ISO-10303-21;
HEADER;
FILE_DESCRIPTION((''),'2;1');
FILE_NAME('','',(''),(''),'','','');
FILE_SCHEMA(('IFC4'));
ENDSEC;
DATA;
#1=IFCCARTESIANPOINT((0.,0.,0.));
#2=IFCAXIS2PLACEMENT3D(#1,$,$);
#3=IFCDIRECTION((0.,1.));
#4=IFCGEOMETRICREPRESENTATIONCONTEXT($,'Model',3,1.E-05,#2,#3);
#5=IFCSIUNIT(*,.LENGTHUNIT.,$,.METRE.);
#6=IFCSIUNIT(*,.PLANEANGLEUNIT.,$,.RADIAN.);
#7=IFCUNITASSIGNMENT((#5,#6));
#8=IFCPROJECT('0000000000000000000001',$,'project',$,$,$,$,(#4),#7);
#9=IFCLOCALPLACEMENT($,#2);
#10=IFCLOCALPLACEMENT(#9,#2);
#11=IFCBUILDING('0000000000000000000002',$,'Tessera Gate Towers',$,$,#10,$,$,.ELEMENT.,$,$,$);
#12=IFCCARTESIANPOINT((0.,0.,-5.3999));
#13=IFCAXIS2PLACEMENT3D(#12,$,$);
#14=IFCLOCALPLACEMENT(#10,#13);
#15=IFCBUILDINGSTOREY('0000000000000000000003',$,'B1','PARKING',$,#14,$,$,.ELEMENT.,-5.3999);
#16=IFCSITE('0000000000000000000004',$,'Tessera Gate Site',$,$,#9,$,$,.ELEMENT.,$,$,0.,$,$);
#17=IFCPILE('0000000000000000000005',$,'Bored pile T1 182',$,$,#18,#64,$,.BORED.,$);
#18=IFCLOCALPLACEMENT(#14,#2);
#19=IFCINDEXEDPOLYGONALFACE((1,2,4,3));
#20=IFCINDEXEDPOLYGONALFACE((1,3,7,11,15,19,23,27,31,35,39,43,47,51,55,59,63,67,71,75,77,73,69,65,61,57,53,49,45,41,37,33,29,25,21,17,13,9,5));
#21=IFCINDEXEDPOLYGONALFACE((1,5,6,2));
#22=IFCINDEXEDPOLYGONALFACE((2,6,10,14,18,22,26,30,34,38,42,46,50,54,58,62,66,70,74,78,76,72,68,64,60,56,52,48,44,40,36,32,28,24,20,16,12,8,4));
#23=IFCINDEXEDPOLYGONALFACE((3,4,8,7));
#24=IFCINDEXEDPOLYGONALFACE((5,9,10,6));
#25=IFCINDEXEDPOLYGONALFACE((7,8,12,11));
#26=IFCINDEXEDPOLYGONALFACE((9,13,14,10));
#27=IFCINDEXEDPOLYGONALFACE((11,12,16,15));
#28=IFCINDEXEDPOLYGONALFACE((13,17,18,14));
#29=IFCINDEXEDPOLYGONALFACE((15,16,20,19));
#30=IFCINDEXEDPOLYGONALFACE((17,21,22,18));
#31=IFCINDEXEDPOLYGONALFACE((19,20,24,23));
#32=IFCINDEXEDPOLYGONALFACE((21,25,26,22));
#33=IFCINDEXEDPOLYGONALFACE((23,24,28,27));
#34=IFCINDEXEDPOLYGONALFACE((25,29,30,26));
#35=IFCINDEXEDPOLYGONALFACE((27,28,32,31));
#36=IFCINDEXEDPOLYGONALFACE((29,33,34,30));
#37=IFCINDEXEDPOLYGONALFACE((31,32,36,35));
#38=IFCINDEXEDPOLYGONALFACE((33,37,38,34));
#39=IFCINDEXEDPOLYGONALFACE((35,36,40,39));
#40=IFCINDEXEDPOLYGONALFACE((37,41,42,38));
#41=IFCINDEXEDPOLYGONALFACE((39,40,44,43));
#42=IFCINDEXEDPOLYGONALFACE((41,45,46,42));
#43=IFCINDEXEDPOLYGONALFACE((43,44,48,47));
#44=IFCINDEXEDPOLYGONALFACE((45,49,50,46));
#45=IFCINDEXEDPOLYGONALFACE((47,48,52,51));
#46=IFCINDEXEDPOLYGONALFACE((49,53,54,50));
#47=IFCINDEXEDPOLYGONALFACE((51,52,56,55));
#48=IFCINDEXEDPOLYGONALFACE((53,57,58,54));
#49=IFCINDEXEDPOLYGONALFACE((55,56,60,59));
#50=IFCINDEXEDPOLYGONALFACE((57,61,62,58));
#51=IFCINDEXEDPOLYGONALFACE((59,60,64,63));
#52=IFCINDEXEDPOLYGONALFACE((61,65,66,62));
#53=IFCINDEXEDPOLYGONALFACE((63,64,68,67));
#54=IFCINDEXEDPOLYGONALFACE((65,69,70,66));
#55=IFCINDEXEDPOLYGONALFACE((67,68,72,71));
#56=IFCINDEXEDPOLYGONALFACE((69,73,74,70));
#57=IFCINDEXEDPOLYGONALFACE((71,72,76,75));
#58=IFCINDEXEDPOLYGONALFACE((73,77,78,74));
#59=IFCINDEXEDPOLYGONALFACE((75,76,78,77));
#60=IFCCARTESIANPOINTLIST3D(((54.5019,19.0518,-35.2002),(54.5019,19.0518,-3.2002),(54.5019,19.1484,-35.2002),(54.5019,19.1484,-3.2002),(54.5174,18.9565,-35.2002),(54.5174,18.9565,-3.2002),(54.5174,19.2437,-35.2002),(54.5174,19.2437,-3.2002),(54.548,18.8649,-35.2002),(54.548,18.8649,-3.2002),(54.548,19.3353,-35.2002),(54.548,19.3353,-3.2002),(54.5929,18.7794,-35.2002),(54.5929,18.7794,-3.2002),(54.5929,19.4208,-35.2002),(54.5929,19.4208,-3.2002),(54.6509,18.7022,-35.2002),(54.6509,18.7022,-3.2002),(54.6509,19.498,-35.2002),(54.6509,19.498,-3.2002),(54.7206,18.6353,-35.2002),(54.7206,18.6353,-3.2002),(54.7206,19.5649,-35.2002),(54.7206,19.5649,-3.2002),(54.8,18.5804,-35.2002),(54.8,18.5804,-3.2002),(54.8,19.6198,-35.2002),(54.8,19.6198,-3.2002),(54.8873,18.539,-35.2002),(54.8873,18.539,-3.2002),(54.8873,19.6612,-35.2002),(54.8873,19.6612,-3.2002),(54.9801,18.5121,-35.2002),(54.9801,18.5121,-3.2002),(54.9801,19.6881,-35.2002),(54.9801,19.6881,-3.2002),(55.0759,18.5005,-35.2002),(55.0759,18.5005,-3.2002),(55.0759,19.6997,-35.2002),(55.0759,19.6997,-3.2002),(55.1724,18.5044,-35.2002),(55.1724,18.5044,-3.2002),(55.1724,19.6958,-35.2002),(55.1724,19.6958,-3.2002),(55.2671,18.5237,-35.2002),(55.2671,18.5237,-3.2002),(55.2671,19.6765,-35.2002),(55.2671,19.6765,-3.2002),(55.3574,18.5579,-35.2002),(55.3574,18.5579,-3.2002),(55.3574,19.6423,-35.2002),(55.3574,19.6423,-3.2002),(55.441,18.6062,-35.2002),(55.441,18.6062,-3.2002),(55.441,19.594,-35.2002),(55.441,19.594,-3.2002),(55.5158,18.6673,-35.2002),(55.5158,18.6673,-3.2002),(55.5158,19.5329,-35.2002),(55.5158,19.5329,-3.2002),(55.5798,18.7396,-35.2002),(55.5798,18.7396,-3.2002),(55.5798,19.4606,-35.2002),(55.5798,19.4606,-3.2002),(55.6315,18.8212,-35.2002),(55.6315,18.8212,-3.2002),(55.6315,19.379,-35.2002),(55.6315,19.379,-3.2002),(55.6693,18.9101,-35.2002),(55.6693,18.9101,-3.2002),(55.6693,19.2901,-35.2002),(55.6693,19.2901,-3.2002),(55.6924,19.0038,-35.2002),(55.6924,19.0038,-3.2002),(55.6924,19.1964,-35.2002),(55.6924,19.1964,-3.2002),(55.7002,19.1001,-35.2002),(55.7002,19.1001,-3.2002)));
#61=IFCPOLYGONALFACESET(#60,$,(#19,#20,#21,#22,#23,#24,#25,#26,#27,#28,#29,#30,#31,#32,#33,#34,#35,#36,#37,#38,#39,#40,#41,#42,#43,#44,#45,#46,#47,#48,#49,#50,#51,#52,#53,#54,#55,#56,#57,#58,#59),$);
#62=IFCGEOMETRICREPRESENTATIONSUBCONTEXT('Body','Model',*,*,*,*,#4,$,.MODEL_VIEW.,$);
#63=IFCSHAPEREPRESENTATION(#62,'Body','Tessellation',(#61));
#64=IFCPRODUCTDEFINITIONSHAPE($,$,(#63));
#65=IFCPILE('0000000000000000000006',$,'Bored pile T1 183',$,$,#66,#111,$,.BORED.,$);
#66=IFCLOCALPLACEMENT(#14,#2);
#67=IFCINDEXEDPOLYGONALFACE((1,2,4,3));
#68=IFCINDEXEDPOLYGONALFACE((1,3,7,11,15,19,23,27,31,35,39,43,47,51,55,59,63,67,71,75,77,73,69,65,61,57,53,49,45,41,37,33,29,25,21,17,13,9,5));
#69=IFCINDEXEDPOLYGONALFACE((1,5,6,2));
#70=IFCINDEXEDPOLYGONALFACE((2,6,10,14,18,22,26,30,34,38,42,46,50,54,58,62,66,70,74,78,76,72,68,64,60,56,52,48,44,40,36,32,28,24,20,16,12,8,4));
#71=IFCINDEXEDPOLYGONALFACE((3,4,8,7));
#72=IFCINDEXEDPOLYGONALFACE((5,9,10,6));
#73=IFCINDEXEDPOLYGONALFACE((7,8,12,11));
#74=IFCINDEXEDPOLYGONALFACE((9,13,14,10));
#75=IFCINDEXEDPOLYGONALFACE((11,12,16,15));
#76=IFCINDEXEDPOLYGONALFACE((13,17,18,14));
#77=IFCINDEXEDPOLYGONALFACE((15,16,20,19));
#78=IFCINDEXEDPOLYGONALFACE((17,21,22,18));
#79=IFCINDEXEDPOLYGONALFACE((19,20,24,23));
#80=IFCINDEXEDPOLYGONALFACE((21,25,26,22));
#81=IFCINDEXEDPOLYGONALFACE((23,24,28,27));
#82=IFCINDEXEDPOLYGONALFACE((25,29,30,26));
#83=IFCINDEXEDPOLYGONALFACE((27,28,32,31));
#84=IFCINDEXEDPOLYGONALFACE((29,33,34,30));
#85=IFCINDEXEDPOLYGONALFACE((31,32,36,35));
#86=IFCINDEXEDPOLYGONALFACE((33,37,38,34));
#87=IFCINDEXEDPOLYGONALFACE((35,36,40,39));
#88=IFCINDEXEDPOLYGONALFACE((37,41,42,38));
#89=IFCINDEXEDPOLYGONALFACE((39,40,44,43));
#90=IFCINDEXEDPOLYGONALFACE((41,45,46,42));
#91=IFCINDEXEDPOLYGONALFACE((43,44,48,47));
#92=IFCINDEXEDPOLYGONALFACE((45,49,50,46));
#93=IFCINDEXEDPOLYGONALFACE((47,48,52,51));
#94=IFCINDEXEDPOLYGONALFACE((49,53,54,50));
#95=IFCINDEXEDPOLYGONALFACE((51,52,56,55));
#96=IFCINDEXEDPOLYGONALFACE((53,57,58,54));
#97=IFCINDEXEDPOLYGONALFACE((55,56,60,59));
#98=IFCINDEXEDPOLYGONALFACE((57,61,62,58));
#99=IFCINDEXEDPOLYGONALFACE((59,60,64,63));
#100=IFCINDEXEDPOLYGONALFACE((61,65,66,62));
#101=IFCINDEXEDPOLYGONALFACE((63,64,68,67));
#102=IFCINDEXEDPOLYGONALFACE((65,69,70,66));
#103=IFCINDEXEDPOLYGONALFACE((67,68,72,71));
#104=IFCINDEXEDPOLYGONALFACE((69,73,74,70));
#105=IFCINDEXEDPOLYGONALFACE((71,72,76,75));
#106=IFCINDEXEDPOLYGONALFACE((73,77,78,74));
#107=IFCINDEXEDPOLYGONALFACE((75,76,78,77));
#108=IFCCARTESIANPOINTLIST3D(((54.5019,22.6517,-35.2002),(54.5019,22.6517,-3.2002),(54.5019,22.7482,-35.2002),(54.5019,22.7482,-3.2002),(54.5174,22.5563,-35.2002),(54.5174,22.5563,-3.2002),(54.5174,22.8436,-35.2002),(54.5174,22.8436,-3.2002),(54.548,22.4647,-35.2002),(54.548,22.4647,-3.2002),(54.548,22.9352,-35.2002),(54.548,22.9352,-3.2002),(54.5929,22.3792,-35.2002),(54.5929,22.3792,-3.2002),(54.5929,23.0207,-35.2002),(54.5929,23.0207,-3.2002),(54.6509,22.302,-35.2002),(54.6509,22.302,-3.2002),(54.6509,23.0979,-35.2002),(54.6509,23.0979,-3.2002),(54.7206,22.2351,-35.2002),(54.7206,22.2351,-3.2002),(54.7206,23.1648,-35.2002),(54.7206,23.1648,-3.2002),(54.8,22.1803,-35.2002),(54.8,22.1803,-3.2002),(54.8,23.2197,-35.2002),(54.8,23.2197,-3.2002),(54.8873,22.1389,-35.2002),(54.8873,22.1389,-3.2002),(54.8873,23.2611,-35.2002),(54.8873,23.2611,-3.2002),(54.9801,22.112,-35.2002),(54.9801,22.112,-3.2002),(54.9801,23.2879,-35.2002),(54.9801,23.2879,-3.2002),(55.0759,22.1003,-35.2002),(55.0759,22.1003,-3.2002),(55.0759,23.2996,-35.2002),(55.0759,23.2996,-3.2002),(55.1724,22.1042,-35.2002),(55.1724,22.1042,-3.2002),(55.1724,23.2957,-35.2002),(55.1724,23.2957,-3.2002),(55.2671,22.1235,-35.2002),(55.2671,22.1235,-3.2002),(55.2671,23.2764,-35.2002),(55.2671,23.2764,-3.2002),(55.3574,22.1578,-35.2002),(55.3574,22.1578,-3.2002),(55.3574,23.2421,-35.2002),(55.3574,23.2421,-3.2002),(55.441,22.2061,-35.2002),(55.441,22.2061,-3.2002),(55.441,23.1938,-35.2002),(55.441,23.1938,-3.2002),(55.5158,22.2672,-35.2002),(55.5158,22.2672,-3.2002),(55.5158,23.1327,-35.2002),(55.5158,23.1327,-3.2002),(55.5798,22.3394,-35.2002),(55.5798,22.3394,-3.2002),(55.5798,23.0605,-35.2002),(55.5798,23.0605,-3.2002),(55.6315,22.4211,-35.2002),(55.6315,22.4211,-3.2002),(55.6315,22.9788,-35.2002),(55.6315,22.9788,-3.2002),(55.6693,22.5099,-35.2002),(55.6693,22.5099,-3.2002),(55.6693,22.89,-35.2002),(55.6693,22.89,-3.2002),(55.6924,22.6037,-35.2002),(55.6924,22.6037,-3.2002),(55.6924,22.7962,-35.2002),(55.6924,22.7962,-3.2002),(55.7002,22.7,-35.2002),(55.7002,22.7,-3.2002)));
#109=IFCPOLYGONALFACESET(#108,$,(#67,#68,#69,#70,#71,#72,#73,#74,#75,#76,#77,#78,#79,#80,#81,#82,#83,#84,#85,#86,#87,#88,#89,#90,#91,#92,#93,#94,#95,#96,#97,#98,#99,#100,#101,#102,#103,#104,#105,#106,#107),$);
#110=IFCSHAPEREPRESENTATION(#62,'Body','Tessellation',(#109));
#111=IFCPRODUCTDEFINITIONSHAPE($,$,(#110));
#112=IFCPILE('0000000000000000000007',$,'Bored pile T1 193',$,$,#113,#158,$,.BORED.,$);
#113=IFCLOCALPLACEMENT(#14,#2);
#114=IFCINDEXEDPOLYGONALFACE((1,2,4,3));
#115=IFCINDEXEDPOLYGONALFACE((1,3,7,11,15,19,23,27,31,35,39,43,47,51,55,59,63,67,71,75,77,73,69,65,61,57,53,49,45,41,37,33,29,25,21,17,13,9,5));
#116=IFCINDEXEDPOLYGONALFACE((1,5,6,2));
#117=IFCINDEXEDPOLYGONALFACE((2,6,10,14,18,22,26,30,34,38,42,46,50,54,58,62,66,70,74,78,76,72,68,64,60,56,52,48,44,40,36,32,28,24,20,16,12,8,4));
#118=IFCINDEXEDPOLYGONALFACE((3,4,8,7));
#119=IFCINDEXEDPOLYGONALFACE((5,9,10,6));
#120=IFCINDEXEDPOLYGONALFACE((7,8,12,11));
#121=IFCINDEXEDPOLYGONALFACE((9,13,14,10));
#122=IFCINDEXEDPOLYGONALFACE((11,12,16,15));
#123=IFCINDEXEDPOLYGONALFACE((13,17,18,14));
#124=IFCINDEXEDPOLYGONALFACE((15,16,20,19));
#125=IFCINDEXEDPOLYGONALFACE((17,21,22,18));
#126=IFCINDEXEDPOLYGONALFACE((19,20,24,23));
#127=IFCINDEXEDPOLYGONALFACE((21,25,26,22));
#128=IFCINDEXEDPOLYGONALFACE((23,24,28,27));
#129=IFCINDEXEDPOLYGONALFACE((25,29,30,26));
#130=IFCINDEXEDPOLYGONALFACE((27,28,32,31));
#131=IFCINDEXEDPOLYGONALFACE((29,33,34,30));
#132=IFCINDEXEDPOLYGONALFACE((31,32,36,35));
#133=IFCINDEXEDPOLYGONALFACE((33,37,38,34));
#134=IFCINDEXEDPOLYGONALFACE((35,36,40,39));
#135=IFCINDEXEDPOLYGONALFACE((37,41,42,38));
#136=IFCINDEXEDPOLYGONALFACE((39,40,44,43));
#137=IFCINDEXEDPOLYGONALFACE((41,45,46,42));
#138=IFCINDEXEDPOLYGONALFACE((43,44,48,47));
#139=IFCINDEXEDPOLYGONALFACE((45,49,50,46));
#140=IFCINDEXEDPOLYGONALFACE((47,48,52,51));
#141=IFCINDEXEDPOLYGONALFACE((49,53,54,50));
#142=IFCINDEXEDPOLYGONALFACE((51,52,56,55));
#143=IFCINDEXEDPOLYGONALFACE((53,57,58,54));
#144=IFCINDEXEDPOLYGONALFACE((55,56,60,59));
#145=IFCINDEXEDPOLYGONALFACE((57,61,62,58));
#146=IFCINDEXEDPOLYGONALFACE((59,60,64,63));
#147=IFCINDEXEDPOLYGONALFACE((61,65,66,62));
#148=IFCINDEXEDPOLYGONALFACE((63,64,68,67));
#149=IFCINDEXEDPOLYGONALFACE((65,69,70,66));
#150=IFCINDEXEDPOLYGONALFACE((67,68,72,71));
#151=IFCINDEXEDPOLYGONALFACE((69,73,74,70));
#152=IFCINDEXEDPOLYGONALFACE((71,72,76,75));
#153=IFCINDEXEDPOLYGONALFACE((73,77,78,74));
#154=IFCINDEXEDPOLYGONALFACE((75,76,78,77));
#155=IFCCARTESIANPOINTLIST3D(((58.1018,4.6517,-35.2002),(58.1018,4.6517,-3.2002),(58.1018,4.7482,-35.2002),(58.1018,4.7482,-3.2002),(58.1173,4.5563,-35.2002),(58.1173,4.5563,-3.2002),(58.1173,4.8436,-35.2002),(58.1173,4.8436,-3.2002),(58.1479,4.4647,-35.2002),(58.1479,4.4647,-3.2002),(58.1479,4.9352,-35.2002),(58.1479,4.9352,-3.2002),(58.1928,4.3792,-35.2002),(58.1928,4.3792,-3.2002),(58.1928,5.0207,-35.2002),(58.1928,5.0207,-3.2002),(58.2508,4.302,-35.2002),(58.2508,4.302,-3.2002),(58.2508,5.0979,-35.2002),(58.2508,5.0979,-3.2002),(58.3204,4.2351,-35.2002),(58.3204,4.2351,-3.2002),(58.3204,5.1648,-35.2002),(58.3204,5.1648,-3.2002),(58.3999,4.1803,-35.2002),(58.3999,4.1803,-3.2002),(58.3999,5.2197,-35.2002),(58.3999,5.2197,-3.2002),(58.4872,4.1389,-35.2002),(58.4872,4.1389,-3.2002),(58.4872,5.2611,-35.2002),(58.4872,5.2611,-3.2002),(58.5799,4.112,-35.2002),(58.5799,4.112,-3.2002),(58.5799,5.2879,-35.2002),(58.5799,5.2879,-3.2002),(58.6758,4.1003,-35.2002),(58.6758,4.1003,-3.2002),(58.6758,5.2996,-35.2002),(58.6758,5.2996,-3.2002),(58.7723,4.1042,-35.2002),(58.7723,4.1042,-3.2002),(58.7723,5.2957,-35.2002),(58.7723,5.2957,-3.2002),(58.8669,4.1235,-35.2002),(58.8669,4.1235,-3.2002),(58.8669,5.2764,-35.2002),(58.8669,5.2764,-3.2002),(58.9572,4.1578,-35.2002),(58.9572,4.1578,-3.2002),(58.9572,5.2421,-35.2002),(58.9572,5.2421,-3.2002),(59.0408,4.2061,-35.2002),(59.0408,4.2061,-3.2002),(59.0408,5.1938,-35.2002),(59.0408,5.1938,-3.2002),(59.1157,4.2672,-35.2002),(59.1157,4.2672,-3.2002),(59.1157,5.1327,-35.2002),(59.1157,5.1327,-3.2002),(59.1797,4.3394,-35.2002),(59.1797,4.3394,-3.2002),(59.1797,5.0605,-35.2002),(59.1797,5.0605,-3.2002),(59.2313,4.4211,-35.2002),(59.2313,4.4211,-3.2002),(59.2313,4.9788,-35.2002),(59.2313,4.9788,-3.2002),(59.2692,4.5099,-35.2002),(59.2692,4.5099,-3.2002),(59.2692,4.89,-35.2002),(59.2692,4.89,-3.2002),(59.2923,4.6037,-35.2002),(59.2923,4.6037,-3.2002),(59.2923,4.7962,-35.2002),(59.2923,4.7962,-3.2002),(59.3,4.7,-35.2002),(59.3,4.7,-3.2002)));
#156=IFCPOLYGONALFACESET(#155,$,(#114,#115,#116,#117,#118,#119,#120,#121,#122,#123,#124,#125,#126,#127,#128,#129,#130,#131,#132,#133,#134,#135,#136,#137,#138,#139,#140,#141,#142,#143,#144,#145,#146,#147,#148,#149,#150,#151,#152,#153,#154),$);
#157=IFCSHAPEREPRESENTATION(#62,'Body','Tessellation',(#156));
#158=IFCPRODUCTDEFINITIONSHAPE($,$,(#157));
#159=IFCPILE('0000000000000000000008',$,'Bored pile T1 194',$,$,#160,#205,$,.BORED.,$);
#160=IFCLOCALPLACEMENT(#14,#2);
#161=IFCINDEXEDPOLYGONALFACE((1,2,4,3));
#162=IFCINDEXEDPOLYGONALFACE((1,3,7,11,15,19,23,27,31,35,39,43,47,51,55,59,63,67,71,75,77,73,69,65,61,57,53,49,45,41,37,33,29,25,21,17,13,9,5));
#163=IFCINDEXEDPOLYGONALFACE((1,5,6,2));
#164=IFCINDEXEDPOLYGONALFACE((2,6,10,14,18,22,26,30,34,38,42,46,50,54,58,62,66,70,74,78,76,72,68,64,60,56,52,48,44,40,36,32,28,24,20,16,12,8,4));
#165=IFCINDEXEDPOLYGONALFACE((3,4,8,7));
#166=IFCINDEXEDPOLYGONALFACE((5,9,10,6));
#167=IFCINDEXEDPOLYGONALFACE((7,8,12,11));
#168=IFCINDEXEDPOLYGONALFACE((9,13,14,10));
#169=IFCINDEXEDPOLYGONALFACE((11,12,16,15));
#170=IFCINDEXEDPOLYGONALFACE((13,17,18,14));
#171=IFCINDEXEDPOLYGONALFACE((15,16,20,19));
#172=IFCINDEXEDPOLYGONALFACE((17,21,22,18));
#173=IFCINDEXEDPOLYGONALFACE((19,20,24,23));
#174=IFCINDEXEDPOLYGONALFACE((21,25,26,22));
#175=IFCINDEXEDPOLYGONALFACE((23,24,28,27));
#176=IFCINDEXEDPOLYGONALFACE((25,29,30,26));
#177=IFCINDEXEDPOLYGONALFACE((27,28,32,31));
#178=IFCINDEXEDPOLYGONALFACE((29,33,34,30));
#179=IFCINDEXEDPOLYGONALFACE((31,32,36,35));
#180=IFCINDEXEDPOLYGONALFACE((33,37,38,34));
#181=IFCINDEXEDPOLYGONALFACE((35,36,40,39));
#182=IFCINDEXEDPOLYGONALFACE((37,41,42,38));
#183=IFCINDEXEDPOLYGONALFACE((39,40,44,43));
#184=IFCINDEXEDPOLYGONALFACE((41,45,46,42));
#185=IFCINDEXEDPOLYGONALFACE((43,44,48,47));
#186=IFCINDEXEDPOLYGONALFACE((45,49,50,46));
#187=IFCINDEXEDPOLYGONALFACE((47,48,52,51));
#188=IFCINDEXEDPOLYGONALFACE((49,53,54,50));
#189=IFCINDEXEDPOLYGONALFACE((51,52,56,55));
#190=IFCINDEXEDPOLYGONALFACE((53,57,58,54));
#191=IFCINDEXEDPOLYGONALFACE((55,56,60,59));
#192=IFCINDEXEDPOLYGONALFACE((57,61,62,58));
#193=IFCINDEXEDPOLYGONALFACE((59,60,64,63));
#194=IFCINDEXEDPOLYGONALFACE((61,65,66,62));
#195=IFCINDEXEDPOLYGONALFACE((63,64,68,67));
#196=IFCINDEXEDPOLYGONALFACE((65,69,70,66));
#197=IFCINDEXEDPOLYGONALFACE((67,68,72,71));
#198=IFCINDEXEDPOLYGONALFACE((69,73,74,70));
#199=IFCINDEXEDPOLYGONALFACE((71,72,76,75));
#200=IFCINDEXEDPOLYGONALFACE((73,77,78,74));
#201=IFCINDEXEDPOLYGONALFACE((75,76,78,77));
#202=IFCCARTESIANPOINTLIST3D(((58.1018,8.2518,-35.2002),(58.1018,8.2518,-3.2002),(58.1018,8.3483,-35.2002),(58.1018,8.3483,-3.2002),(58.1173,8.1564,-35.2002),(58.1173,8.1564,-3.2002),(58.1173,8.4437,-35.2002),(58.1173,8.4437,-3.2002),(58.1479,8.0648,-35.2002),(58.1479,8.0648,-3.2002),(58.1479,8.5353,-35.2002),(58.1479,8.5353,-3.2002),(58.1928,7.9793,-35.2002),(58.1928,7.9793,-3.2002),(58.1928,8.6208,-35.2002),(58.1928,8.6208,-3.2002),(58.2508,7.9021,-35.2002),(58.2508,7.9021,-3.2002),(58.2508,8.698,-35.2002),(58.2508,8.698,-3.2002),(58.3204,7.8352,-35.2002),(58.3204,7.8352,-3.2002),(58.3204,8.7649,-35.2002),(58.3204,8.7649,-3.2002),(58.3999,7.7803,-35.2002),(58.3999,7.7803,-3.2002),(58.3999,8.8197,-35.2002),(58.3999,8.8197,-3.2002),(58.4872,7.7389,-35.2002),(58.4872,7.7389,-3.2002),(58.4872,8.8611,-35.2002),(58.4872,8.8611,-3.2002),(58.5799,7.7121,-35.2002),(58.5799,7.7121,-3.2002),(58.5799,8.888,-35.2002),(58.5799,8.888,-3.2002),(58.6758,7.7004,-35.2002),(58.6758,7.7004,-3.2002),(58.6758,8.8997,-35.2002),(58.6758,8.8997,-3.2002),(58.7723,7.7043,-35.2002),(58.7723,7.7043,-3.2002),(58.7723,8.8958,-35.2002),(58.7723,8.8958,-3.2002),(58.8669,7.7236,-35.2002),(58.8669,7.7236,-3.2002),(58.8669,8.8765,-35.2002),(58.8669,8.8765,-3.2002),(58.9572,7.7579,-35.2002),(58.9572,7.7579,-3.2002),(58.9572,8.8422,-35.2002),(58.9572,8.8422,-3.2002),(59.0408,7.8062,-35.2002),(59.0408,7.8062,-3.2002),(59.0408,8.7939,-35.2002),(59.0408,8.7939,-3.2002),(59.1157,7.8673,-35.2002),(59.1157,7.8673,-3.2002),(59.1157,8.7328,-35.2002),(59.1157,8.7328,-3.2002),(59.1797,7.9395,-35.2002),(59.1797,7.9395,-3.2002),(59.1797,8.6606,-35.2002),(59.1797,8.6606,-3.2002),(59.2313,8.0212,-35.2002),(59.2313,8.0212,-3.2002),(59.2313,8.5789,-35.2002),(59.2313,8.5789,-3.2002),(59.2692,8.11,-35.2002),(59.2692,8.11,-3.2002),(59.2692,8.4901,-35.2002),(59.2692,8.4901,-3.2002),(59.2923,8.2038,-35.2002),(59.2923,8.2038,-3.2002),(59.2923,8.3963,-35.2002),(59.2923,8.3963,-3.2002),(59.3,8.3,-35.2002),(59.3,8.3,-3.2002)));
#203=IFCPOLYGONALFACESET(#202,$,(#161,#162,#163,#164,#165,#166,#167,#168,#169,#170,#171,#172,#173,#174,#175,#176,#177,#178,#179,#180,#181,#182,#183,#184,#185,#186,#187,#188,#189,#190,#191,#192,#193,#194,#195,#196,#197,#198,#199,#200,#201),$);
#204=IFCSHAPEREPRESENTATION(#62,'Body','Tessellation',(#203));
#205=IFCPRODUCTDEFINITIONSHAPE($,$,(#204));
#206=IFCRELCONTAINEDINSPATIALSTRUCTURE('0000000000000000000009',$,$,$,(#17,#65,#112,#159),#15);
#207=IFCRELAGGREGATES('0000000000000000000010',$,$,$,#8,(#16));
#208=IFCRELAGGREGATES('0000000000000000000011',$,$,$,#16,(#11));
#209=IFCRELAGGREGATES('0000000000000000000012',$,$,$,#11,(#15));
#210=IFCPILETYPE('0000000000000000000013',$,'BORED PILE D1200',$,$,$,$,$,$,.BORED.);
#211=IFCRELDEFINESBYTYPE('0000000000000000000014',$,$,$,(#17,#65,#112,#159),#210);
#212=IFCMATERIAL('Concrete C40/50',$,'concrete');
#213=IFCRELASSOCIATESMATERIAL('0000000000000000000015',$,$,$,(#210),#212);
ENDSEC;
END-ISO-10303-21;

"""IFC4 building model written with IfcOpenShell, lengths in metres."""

from ifc_helpers import new_model, si_unit, direction, frame, origin, origin_2d, place, context, subcontext, project, spatial, circle, extrude, material, material_profile, profile_set, type_object, element, save


model = new_model("IFC4")

# Units and contexts
model_context = context("Model", 3, precision=1e-05, world=origin(), true_north=direction((0.0, 1.0)))
body_context = subcontext(model_context, "Body", "Model", "MODEL_VIEW")
ifc_project = project(units=[si_unit("LENGTHUNIT", "METRE"), si_unit("PLANEANGLEUNIT", "RADIAN")], contexts=[model_context])

# Site, building, storey
site_placement = place(None, origin())
site = spatial("IfcSite", under=ifc_project, at=site_placement, Name="Tessera Gate Site", CompositionType="ELEMENT", RefElevation=0.0)
building_placement = place(site_placement, origin())
building = spatial("IfcBuilding", under=site, at=building_placement, Name="Tessera Gate Towers", CompositionType="ELEMENT")
storey_placement = place(building_placement, frame((0.0, 0.0, -5.3999)))
storey = spatial("IfcBuildingStorey", under=building, at=storey_placement, Name="B1", Description="PARKING", CompositionType="ELEMENT", Elevation=-5.3999)

# Piles
ifc_material_1 = material(Name="Concrete C40/50", Category="concrete")
ifc_material_profile_1 = material_profile(ifc_material_1, circle(Radius=0.6001, at=origin_2d()), Name="BORED PILE D1200")
ifc_profile_set_1 = profile_set([ifc_material_profile_1], Name="Concrete C40/50")
pile_type = type_object("IfcPileType", Name="BORED PILE D1200", PredefinedType="BORED", material=ifc_profile_set_1)
for number, where, z_axis, x_axis, name in (
    (1, (55.1001, 19.1001, -3.2002), (0.0, 0.0, -1.0), (1.0, 0.0, 0.0), "Bored pile T1 182"),
    (2, (55.1001, 22.7, -3.2002), (0.0, 0.0, -1.0), (1.0, 0.0, 0.0), "Bored pile T1 183"),
    (3, (58.7, 4.7, -3.2002), (0.0, 0.0, -1.0), (1.0, 0.0, 0.0), "Bored pile T1 193"),
    (4, (58.7, 8.3, -3.2002), (0.0, 0.0, -1.0), (1.0, 0.0, 0.0), "Bored pile T1 194"),
):
    element("IfcPile", number, at=place(storey_placement, frame(where, z_axis=z_axis, x_axis=x_axis)), inside=storey, type_object=pile_type, Name=name, PredefinedType="BORED", context=body_context, shape_type="SweptSolid", body=[
        extrude(circle(Radius=0.6001, at=origin_2d()), origin(), (0.0, 0.0, 1.0), 32.0),
    ])

save(model, "model.ifc")
